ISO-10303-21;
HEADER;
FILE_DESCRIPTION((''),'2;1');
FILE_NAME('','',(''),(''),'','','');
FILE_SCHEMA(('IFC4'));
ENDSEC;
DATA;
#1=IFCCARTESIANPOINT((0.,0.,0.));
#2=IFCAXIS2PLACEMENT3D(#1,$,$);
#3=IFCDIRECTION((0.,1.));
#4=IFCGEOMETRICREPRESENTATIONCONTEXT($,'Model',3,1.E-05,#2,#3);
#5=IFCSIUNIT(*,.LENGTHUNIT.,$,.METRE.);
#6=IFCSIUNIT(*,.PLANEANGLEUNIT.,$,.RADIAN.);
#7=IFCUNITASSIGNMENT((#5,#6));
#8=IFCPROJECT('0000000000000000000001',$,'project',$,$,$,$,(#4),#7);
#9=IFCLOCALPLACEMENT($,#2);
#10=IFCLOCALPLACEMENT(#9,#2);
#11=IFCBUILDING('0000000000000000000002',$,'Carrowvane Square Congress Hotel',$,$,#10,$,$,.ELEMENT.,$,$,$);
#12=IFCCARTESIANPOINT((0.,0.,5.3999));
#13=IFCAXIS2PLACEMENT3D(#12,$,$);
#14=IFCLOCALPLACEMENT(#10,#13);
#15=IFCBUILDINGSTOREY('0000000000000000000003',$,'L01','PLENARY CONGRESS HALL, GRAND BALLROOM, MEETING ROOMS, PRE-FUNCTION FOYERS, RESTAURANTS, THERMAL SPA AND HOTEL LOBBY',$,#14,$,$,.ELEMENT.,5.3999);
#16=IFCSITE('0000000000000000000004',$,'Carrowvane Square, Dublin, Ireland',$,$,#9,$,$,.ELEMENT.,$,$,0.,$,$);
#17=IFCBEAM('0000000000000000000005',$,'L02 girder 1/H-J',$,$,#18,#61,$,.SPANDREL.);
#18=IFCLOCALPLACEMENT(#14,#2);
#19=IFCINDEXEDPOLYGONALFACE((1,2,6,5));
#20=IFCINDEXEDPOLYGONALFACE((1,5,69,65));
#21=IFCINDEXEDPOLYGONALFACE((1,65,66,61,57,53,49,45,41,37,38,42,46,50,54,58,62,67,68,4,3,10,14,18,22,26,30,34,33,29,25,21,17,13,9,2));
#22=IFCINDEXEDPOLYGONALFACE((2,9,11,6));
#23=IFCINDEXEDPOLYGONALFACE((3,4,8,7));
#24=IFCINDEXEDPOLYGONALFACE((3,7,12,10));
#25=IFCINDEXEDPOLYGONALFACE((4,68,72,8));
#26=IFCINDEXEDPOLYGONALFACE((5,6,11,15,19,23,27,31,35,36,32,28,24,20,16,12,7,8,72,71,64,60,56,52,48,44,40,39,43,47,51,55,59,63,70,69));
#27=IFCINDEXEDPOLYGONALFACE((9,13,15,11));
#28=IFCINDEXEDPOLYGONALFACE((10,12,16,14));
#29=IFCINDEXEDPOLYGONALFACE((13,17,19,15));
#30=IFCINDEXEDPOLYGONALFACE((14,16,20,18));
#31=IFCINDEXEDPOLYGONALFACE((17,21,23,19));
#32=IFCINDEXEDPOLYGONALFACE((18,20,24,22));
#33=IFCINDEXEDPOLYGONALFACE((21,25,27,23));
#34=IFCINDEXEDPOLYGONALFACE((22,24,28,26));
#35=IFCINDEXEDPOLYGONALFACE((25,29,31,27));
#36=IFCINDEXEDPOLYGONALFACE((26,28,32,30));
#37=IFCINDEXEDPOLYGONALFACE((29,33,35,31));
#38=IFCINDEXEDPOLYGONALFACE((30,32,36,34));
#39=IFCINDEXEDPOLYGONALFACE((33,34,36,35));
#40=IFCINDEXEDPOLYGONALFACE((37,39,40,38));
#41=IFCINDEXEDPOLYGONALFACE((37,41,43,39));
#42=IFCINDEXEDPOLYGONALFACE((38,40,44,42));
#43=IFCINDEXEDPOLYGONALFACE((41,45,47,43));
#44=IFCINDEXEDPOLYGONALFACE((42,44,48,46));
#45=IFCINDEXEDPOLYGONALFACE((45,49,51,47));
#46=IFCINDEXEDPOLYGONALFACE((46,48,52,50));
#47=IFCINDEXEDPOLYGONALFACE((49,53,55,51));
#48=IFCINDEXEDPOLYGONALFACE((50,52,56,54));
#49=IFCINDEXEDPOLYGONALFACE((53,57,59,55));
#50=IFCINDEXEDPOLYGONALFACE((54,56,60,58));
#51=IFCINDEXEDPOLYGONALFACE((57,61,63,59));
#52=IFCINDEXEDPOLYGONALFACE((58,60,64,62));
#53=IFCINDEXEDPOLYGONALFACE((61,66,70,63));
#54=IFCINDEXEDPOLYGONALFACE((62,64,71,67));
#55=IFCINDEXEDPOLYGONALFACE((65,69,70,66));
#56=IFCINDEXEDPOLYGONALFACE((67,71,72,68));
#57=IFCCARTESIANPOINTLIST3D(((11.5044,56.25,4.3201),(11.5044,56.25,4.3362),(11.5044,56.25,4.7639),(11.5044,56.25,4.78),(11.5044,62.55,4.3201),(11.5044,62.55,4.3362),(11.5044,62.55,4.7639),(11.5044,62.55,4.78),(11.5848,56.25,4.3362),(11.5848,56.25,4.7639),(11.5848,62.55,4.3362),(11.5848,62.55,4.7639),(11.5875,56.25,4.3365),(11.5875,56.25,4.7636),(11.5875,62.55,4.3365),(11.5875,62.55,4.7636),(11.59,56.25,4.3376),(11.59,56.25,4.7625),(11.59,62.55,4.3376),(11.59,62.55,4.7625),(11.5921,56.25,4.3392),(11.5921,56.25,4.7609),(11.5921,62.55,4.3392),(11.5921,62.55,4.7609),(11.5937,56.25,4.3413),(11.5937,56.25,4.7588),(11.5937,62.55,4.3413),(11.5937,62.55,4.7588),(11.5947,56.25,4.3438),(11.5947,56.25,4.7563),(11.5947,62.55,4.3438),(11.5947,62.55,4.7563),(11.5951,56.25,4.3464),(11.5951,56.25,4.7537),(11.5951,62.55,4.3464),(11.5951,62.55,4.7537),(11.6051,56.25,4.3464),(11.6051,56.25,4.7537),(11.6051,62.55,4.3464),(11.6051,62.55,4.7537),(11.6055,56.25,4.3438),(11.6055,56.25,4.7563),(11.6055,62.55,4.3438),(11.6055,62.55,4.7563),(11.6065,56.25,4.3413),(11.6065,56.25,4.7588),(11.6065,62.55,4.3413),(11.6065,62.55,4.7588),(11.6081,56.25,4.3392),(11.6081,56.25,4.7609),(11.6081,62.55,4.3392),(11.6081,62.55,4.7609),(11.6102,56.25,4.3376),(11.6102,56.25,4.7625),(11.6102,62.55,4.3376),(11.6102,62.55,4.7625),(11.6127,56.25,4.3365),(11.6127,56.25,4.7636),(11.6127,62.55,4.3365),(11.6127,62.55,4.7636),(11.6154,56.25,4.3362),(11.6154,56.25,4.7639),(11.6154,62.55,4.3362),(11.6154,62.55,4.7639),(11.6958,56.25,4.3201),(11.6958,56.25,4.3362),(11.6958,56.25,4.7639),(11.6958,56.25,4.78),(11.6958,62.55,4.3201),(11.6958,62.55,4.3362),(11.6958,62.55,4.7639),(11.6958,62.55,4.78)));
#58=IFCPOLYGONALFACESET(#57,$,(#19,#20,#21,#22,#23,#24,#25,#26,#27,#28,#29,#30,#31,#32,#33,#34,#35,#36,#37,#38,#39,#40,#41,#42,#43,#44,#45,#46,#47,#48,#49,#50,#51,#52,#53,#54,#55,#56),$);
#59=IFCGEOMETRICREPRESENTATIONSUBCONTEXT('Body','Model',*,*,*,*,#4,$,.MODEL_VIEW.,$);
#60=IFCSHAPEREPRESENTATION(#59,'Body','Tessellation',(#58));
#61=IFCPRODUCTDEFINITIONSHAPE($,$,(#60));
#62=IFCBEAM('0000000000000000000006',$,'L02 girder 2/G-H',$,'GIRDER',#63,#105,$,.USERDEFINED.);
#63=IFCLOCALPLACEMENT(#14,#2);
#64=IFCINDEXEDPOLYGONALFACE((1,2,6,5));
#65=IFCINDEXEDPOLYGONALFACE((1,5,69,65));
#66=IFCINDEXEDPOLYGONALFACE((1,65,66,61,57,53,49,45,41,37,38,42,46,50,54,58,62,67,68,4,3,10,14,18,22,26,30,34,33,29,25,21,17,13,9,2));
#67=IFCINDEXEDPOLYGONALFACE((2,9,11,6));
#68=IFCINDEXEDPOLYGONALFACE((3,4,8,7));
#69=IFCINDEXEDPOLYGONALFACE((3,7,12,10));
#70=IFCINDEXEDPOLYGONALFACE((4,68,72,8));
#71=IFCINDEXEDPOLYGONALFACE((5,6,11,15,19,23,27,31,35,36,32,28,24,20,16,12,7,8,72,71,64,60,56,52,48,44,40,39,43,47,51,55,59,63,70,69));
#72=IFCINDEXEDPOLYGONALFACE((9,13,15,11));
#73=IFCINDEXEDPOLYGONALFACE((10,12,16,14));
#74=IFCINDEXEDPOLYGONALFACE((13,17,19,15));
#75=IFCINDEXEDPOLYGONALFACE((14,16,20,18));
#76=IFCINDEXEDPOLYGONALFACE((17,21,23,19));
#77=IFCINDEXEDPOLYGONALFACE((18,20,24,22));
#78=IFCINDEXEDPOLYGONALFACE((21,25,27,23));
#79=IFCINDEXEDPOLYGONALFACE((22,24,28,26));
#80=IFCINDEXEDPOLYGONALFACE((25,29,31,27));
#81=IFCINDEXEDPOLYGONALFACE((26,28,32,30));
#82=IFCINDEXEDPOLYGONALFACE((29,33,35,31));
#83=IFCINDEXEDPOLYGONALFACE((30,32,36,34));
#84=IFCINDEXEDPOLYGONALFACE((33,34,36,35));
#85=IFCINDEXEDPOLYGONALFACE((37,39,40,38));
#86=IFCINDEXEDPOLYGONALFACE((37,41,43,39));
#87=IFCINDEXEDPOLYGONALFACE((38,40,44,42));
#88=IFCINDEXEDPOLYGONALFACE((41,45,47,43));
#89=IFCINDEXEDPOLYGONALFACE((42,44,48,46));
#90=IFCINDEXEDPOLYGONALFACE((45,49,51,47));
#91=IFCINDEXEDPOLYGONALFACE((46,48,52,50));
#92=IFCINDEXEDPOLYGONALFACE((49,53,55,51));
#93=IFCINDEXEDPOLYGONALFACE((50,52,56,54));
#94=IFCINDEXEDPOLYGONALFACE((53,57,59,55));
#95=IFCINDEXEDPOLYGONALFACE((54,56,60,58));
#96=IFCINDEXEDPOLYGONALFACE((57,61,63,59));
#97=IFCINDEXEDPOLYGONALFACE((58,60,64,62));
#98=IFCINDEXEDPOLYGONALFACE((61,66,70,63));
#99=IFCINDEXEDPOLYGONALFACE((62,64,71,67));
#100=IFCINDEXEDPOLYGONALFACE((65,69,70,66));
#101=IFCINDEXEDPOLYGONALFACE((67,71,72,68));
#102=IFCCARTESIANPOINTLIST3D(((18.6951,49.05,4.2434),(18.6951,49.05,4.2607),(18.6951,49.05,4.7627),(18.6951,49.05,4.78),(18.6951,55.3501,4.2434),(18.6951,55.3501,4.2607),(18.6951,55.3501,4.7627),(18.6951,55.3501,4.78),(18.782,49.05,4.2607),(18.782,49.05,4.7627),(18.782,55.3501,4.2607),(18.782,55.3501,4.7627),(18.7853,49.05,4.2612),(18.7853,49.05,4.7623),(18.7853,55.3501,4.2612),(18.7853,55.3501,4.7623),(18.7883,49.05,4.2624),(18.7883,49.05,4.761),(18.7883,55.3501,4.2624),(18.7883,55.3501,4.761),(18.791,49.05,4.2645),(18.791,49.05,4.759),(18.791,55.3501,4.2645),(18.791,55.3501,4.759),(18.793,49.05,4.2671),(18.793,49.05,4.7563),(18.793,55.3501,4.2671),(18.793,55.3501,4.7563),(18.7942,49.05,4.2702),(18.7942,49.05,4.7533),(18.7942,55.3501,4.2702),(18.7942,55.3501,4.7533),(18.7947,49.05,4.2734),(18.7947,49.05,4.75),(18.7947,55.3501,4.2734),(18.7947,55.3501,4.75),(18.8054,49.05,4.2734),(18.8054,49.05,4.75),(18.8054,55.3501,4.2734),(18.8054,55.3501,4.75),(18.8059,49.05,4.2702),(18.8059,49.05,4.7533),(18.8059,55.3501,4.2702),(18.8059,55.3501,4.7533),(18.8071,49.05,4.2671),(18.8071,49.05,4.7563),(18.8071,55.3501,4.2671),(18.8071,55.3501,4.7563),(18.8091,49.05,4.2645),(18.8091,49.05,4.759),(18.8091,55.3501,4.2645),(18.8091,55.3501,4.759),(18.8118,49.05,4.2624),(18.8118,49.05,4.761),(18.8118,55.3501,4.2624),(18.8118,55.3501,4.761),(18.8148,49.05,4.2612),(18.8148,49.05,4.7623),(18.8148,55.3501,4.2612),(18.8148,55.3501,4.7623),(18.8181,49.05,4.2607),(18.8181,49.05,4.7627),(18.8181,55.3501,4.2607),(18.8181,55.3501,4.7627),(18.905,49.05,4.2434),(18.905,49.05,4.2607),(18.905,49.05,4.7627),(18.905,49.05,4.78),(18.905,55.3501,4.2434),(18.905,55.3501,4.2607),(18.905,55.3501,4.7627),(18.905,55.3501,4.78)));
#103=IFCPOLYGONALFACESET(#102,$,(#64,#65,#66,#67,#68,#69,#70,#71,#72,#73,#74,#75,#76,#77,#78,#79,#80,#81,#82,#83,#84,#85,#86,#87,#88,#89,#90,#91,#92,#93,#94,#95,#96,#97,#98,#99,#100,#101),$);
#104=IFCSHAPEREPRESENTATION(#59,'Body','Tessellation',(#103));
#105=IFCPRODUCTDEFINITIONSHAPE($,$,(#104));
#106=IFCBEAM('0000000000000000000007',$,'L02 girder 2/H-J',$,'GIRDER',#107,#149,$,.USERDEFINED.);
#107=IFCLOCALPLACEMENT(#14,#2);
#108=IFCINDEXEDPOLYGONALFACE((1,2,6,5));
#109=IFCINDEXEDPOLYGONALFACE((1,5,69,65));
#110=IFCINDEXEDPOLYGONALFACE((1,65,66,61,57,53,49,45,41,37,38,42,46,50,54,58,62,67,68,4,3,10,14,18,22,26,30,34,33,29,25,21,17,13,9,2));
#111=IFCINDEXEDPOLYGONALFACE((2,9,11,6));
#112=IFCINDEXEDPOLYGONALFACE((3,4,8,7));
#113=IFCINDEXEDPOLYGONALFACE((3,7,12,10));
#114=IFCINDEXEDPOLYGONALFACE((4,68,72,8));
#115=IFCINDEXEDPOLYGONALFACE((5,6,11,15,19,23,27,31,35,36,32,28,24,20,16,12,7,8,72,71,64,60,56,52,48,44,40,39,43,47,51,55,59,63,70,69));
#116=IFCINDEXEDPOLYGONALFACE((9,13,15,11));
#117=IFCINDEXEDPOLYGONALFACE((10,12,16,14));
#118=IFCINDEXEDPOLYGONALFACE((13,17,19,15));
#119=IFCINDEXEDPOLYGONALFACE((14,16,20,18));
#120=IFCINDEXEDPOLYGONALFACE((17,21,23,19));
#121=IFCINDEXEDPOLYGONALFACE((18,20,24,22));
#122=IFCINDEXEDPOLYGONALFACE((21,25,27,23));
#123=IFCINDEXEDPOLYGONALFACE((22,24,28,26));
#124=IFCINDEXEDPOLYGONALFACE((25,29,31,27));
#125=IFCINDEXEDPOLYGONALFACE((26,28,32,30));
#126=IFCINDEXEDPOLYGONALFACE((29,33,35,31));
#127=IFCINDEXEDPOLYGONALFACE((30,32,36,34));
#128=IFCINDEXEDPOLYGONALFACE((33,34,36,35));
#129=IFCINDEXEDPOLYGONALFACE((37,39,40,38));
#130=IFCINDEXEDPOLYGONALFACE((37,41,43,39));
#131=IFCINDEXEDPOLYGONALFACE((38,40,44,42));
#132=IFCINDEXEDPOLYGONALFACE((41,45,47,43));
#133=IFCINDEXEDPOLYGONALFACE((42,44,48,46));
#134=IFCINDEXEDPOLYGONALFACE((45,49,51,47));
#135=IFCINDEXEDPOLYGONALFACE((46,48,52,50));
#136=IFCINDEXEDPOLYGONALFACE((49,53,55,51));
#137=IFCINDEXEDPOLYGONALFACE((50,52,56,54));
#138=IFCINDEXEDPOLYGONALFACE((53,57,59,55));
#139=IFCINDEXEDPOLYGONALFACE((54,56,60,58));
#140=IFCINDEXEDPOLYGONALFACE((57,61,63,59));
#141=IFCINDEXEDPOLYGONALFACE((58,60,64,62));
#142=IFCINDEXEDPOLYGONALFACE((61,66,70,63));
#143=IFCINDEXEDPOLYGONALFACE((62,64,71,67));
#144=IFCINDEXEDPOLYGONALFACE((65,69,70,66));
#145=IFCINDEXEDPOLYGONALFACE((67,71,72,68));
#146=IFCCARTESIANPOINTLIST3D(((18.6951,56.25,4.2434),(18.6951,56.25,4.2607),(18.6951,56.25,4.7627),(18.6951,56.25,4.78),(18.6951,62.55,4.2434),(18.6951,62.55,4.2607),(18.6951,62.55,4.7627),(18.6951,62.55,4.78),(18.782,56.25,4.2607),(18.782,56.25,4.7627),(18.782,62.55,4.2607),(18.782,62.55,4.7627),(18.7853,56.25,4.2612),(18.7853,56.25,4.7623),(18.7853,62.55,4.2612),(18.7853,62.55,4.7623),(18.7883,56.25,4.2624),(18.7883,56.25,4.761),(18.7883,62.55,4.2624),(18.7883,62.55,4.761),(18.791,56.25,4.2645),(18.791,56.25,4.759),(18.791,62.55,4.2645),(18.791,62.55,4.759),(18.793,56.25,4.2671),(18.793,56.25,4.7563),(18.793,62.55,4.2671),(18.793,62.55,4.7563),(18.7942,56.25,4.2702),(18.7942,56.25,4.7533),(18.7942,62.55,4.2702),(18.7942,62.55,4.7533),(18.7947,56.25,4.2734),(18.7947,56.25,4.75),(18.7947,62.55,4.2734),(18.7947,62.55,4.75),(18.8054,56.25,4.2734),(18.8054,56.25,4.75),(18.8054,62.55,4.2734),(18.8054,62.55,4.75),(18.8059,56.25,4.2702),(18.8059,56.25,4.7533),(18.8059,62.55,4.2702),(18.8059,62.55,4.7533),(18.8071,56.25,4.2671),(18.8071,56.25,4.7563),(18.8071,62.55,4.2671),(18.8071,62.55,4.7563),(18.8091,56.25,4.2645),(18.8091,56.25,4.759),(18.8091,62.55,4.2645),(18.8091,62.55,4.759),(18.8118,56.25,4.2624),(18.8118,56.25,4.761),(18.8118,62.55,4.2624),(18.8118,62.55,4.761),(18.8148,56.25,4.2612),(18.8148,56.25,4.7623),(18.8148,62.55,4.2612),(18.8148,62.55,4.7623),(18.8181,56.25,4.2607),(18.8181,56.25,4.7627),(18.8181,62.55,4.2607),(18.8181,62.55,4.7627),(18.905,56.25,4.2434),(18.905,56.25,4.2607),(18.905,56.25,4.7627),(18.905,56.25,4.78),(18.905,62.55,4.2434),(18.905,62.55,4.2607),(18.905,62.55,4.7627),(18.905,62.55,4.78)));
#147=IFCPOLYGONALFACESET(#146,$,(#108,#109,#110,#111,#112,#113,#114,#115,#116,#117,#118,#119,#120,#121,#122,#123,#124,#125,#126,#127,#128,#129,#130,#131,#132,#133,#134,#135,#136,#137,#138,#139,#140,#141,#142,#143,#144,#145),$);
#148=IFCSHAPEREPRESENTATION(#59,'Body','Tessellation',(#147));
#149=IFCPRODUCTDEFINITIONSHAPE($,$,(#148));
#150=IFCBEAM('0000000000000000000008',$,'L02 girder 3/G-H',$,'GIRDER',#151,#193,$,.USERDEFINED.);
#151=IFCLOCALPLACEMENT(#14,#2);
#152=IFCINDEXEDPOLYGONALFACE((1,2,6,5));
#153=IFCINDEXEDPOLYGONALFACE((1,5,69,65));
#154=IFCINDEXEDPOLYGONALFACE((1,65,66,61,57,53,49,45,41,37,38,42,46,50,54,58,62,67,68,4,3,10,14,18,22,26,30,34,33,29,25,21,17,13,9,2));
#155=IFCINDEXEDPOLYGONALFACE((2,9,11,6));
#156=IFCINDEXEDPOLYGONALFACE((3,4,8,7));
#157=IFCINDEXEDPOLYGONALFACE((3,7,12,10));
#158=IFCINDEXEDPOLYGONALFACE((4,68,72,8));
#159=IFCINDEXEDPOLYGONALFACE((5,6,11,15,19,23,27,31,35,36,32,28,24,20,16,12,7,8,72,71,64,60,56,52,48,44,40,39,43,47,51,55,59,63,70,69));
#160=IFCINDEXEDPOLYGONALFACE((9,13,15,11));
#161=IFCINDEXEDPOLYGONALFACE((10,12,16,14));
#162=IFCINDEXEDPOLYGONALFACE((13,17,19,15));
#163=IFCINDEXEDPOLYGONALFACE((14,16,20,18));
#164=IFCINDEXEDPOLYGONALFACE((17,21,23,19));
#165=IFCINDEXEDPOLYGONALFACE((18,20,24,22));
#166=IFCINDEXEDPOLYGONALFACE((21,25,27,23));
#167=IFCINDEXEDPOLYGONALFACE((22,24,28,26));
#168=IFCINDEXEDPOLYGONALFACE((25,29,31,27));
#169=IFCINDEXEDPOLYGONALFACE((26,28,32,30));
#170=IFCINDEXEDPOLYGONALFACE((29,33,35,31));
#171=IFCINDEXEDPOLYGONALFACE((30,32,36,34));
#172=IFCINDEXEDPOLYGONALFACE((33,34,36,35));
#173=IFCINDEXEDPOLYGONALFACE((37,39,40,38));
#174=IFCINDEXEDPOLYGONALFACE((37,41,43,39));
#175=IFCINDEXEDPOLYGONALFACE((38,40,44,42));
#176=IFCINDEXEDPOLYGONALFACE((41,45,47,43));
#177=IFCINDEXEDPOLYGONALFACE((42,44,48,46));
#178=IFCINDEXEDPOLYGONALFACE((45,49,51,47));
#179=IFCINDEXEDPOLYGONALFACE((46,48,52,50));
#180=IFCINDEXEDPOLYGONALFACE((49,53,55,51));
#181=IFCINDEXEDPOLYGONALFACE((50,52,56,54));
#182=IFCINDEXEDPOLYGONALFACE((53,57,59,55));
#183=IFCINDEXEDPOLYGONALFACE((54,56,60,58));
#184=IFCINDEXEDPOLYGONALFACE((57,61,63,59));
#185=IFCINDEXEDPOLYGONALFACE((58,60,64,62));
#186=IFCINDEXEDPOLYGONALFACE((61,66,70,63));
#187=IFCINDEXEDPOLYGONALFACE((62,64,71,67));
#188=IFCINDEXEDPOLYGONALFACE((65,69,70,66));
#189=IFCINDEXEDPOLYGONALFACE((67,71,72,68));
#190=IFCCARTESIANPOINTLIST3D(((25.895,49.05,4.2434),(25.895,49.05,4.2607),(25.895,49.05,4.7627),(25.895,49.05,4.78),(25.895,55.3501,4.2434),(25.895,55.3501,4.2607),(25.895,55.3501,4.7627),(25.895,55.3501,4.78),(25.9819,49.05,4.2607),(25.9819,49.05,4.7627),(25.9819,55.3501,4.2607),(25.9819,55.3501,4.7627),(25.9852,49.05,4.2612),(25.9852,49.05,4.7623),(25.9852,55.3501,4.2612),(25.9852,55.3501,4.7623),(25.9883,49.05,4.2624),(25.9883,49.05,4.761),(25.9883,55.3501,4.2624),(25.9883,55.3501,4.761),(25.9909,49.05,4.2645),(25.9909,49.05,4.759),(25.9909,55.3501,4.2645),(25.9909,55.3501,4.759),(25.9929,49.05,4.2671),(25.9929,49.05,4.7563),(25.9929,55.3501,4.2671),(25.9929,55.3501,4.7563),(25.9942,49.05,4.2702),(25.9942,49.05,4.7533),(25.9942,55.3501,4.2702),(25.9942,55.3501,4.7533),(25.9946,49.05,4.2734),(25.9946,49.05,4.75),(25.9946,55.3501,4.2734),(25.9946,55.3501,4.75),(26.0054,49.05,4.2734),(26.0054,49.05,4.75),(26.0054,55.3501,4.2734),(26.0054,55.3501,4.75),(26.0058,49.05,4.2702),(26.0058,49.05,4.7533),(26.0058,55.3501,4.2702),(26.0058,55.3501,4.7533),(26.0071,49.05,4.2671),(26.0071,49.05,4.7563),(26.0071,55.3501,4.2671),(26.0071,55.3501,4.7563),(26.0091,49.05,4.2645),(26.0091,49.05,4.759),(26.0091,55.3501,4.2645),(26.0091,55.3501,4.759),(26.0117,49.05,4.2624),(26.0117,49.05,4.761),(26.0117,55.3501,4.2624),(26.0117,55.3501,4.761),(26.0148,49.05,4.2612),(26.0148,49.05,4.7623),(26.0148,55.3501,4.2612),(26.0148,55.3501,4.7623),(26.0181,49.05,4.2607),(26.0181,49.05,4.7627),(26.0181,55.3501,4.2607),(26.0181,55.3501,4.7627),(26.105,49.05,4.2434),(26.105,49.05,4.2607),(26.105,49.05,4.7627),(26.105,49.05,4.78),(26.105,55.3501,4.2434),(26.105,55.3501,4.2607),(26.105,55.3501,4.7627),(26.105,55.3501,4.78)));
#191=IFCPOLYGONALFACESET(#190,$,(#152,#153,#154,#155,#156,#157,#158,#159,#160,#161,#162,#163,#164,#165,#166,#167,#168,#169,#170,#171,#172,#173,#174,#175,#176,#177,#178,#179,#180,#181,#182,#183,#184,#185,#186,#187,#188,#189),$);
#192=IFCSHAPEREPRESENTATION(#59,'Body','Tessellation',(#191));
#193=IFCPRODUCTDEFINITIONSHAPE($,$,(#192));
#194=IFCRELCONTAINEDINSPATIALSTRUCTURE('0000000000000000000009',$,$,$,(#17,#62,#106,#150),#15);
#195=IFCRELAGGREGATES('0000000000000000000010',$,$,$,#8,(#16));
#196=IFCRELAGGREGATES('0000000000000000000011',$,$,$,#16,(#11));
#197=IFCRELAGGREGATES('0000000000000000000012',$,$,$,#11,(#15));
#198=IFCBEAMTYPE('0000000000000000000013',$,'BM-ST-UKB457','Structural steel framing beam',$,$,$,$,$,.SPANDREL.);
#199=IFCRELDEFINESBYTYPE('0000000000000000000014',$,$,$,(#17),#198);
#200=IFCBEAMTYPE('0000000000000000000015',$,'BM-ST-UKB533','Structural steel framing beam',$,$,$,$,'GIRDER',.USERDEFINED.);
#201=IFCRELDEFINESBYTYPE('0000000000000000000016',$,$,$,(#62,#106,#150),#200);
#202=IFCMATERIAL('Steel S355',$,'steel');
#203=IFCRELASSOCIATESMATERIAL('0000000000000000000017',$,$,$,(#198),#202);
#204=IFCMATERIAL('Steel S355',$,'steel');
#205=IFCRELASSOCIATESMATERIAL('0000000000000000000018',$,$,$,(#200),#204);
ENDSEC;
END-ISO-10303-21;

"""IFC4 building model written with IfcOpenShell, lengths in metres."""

from ifc_helpers import new_model, si_unit, direction, frame, origin, origin_2d, place, context, subcontext, project, spatial, i_section, extrude, material, material_profile, profile_set, type_object, element, save


model = new_model("IFC4")

# Units and contexts
model_context = context("Model", 3, precision=1e-05, world=origin(), true_north=direction((0.0, 1.0)))
body_context = subcontext(model_context, "Body", "Model", "MODEL_VIEW")
ifc_project = project(units=[si_unit("LENGTHUNIT", "METRE"), si_unit("PLANEANGLEUNIT", "RADIAN")], contexts=[model_context])

# Site, building, storey
site_placement = place(None, origin())
site = spatial("IfcSite", under=ifc_project, at=site_placement, Name="Carrowvane Square, Dublin, Ireland", CompositionType="ELEMENT", RefElevation=0.0)
building_placement = place(site_placement, origin())
building = spatial("IfcBuilding", under=site, at=building_placement, Name="Carrowvane Square Congress Hotel", CompositionType="ELEMENT")
storey_placement = place(building_placement, frame((0.0, 0.0, 5.3999)))
storey = spatial("IfcBuildingStorey", under=building, at=storey_placement, Name="L01", Description="PLENARY CONGRESS HALL, GRAND BALLROOM, MEETING ROOMS, PRE-FUNCTION FOYERS, RESTAURANTS, THERMAL SPA AND HOTEL LOBBY", CompositionType="ELEMENT", Elevation=5.3999)

# Beams
ifc_material_1 = material(Name="Steel S355", Category="steel")
ifc_material_profile_1 = material_profile(ifc_material_1, i_section(OverallWidth=0.1914, OverallDepth=0.46, WebThickness=0.01, FlangeThickness=0.0161, FilletRadius=0.0103, at=origin_2d()), Name="UKB 457x191x82")
ifc_profile_set_1 = profile_set([ifc_material_profile_1], Name="Steel S355")
beam_type_1 = type_object("IfcBeamType", Name="BM-ST-UKB457", Description="Structural steel framing beam", PredefinedType="SPANDREL", material=ifc_profile_set_1)
for number, where, z_axis, x_axis, name in (
    (1, (11.6001, 56.25, 4.55), (0.0, 1.0, 0.0), (-1.0, 0.0, 0.0), "L02 girder 1/H-J"),
):
    element("IfcBeam", number, at=place(storey_placement, frame(where, z_axis=z_axis, x_axis=x_axis)), inside=storey, type_object=beam_type_1, Name=name, PredefinedType="SPANDREL", context=body_context, shape_type="SweptSolid", body=[
        extrude(i_section(OverallWidth=0.1914, OverallDepth=0.46, WebThickness=0.01, FlangeThickness=0.0161, FilletRadius=0.0103, at=origin_2d()), origin(), (0.0, 0.0, 1.0), 6.3),
    ])
ifc_material_2 = material(Name="Steel S355", Category="steel")
ifc_material_profile_2 = material_profile(ifc_material_2, i_section(OverallWidth=0.21, OverallDepth=0.5366, WebThickness=0.0107, FlangeThickness=0.0173, FilletRadius=0.0127, at=origin_2d()), Name="UKB 533x210x101")
ifc_profile_set_2 = profile_set([ifc_material_profile_2], Name="Steel S355")
beam_type_2 = type_object("IfcBeamType", Name="BM-ST-UKB533", Description="Structural steel framing beam", ElementType="GIRDER", PredefinedType="USERDEFINED", material=ifc_profile_set_2)
for number, where, z_axis, x_axis, name in (
    (2, (18.8, 49.05, 4.5117), (0.0, 1.0, 0.0), (-1.0, 0.0, 0.0), "L02 girder 2/G-H"),
    (3, (18.8, 56.25, 4.5117), (0.0, 1.0, 0.0), (-1.0, 0.0, 0.0), "L02 girder 2/H-J"),
    (4, (26.0, 49.05, 4.5117), (0.0, 1.0, 0.0), (-1.0, 0.0, 0.0), "L02 girder 3/G-H"),
):
    element("IfcBeam", number, at=place(storey_placement, frame(where, z_axis=z_axis, x_axis=x_axis)), inside=storey, type_object=beam_type_2, Name=name, ObjectType="GIRDER", PredefinedType="USERDEFINED", context=body_context, shape_type="SweptSolid", body=[
        extrude(i_section(OverallWidth=0.21, OverallDepth=0.5366, WebThickness=0.0107, FlangeThickness=0.0173, FilletRadius=0.0127, at=origin_2d()), origin(), (0.0, 0.0, 1.0), 6.3),
    ])

save(model, "model.ifc")
